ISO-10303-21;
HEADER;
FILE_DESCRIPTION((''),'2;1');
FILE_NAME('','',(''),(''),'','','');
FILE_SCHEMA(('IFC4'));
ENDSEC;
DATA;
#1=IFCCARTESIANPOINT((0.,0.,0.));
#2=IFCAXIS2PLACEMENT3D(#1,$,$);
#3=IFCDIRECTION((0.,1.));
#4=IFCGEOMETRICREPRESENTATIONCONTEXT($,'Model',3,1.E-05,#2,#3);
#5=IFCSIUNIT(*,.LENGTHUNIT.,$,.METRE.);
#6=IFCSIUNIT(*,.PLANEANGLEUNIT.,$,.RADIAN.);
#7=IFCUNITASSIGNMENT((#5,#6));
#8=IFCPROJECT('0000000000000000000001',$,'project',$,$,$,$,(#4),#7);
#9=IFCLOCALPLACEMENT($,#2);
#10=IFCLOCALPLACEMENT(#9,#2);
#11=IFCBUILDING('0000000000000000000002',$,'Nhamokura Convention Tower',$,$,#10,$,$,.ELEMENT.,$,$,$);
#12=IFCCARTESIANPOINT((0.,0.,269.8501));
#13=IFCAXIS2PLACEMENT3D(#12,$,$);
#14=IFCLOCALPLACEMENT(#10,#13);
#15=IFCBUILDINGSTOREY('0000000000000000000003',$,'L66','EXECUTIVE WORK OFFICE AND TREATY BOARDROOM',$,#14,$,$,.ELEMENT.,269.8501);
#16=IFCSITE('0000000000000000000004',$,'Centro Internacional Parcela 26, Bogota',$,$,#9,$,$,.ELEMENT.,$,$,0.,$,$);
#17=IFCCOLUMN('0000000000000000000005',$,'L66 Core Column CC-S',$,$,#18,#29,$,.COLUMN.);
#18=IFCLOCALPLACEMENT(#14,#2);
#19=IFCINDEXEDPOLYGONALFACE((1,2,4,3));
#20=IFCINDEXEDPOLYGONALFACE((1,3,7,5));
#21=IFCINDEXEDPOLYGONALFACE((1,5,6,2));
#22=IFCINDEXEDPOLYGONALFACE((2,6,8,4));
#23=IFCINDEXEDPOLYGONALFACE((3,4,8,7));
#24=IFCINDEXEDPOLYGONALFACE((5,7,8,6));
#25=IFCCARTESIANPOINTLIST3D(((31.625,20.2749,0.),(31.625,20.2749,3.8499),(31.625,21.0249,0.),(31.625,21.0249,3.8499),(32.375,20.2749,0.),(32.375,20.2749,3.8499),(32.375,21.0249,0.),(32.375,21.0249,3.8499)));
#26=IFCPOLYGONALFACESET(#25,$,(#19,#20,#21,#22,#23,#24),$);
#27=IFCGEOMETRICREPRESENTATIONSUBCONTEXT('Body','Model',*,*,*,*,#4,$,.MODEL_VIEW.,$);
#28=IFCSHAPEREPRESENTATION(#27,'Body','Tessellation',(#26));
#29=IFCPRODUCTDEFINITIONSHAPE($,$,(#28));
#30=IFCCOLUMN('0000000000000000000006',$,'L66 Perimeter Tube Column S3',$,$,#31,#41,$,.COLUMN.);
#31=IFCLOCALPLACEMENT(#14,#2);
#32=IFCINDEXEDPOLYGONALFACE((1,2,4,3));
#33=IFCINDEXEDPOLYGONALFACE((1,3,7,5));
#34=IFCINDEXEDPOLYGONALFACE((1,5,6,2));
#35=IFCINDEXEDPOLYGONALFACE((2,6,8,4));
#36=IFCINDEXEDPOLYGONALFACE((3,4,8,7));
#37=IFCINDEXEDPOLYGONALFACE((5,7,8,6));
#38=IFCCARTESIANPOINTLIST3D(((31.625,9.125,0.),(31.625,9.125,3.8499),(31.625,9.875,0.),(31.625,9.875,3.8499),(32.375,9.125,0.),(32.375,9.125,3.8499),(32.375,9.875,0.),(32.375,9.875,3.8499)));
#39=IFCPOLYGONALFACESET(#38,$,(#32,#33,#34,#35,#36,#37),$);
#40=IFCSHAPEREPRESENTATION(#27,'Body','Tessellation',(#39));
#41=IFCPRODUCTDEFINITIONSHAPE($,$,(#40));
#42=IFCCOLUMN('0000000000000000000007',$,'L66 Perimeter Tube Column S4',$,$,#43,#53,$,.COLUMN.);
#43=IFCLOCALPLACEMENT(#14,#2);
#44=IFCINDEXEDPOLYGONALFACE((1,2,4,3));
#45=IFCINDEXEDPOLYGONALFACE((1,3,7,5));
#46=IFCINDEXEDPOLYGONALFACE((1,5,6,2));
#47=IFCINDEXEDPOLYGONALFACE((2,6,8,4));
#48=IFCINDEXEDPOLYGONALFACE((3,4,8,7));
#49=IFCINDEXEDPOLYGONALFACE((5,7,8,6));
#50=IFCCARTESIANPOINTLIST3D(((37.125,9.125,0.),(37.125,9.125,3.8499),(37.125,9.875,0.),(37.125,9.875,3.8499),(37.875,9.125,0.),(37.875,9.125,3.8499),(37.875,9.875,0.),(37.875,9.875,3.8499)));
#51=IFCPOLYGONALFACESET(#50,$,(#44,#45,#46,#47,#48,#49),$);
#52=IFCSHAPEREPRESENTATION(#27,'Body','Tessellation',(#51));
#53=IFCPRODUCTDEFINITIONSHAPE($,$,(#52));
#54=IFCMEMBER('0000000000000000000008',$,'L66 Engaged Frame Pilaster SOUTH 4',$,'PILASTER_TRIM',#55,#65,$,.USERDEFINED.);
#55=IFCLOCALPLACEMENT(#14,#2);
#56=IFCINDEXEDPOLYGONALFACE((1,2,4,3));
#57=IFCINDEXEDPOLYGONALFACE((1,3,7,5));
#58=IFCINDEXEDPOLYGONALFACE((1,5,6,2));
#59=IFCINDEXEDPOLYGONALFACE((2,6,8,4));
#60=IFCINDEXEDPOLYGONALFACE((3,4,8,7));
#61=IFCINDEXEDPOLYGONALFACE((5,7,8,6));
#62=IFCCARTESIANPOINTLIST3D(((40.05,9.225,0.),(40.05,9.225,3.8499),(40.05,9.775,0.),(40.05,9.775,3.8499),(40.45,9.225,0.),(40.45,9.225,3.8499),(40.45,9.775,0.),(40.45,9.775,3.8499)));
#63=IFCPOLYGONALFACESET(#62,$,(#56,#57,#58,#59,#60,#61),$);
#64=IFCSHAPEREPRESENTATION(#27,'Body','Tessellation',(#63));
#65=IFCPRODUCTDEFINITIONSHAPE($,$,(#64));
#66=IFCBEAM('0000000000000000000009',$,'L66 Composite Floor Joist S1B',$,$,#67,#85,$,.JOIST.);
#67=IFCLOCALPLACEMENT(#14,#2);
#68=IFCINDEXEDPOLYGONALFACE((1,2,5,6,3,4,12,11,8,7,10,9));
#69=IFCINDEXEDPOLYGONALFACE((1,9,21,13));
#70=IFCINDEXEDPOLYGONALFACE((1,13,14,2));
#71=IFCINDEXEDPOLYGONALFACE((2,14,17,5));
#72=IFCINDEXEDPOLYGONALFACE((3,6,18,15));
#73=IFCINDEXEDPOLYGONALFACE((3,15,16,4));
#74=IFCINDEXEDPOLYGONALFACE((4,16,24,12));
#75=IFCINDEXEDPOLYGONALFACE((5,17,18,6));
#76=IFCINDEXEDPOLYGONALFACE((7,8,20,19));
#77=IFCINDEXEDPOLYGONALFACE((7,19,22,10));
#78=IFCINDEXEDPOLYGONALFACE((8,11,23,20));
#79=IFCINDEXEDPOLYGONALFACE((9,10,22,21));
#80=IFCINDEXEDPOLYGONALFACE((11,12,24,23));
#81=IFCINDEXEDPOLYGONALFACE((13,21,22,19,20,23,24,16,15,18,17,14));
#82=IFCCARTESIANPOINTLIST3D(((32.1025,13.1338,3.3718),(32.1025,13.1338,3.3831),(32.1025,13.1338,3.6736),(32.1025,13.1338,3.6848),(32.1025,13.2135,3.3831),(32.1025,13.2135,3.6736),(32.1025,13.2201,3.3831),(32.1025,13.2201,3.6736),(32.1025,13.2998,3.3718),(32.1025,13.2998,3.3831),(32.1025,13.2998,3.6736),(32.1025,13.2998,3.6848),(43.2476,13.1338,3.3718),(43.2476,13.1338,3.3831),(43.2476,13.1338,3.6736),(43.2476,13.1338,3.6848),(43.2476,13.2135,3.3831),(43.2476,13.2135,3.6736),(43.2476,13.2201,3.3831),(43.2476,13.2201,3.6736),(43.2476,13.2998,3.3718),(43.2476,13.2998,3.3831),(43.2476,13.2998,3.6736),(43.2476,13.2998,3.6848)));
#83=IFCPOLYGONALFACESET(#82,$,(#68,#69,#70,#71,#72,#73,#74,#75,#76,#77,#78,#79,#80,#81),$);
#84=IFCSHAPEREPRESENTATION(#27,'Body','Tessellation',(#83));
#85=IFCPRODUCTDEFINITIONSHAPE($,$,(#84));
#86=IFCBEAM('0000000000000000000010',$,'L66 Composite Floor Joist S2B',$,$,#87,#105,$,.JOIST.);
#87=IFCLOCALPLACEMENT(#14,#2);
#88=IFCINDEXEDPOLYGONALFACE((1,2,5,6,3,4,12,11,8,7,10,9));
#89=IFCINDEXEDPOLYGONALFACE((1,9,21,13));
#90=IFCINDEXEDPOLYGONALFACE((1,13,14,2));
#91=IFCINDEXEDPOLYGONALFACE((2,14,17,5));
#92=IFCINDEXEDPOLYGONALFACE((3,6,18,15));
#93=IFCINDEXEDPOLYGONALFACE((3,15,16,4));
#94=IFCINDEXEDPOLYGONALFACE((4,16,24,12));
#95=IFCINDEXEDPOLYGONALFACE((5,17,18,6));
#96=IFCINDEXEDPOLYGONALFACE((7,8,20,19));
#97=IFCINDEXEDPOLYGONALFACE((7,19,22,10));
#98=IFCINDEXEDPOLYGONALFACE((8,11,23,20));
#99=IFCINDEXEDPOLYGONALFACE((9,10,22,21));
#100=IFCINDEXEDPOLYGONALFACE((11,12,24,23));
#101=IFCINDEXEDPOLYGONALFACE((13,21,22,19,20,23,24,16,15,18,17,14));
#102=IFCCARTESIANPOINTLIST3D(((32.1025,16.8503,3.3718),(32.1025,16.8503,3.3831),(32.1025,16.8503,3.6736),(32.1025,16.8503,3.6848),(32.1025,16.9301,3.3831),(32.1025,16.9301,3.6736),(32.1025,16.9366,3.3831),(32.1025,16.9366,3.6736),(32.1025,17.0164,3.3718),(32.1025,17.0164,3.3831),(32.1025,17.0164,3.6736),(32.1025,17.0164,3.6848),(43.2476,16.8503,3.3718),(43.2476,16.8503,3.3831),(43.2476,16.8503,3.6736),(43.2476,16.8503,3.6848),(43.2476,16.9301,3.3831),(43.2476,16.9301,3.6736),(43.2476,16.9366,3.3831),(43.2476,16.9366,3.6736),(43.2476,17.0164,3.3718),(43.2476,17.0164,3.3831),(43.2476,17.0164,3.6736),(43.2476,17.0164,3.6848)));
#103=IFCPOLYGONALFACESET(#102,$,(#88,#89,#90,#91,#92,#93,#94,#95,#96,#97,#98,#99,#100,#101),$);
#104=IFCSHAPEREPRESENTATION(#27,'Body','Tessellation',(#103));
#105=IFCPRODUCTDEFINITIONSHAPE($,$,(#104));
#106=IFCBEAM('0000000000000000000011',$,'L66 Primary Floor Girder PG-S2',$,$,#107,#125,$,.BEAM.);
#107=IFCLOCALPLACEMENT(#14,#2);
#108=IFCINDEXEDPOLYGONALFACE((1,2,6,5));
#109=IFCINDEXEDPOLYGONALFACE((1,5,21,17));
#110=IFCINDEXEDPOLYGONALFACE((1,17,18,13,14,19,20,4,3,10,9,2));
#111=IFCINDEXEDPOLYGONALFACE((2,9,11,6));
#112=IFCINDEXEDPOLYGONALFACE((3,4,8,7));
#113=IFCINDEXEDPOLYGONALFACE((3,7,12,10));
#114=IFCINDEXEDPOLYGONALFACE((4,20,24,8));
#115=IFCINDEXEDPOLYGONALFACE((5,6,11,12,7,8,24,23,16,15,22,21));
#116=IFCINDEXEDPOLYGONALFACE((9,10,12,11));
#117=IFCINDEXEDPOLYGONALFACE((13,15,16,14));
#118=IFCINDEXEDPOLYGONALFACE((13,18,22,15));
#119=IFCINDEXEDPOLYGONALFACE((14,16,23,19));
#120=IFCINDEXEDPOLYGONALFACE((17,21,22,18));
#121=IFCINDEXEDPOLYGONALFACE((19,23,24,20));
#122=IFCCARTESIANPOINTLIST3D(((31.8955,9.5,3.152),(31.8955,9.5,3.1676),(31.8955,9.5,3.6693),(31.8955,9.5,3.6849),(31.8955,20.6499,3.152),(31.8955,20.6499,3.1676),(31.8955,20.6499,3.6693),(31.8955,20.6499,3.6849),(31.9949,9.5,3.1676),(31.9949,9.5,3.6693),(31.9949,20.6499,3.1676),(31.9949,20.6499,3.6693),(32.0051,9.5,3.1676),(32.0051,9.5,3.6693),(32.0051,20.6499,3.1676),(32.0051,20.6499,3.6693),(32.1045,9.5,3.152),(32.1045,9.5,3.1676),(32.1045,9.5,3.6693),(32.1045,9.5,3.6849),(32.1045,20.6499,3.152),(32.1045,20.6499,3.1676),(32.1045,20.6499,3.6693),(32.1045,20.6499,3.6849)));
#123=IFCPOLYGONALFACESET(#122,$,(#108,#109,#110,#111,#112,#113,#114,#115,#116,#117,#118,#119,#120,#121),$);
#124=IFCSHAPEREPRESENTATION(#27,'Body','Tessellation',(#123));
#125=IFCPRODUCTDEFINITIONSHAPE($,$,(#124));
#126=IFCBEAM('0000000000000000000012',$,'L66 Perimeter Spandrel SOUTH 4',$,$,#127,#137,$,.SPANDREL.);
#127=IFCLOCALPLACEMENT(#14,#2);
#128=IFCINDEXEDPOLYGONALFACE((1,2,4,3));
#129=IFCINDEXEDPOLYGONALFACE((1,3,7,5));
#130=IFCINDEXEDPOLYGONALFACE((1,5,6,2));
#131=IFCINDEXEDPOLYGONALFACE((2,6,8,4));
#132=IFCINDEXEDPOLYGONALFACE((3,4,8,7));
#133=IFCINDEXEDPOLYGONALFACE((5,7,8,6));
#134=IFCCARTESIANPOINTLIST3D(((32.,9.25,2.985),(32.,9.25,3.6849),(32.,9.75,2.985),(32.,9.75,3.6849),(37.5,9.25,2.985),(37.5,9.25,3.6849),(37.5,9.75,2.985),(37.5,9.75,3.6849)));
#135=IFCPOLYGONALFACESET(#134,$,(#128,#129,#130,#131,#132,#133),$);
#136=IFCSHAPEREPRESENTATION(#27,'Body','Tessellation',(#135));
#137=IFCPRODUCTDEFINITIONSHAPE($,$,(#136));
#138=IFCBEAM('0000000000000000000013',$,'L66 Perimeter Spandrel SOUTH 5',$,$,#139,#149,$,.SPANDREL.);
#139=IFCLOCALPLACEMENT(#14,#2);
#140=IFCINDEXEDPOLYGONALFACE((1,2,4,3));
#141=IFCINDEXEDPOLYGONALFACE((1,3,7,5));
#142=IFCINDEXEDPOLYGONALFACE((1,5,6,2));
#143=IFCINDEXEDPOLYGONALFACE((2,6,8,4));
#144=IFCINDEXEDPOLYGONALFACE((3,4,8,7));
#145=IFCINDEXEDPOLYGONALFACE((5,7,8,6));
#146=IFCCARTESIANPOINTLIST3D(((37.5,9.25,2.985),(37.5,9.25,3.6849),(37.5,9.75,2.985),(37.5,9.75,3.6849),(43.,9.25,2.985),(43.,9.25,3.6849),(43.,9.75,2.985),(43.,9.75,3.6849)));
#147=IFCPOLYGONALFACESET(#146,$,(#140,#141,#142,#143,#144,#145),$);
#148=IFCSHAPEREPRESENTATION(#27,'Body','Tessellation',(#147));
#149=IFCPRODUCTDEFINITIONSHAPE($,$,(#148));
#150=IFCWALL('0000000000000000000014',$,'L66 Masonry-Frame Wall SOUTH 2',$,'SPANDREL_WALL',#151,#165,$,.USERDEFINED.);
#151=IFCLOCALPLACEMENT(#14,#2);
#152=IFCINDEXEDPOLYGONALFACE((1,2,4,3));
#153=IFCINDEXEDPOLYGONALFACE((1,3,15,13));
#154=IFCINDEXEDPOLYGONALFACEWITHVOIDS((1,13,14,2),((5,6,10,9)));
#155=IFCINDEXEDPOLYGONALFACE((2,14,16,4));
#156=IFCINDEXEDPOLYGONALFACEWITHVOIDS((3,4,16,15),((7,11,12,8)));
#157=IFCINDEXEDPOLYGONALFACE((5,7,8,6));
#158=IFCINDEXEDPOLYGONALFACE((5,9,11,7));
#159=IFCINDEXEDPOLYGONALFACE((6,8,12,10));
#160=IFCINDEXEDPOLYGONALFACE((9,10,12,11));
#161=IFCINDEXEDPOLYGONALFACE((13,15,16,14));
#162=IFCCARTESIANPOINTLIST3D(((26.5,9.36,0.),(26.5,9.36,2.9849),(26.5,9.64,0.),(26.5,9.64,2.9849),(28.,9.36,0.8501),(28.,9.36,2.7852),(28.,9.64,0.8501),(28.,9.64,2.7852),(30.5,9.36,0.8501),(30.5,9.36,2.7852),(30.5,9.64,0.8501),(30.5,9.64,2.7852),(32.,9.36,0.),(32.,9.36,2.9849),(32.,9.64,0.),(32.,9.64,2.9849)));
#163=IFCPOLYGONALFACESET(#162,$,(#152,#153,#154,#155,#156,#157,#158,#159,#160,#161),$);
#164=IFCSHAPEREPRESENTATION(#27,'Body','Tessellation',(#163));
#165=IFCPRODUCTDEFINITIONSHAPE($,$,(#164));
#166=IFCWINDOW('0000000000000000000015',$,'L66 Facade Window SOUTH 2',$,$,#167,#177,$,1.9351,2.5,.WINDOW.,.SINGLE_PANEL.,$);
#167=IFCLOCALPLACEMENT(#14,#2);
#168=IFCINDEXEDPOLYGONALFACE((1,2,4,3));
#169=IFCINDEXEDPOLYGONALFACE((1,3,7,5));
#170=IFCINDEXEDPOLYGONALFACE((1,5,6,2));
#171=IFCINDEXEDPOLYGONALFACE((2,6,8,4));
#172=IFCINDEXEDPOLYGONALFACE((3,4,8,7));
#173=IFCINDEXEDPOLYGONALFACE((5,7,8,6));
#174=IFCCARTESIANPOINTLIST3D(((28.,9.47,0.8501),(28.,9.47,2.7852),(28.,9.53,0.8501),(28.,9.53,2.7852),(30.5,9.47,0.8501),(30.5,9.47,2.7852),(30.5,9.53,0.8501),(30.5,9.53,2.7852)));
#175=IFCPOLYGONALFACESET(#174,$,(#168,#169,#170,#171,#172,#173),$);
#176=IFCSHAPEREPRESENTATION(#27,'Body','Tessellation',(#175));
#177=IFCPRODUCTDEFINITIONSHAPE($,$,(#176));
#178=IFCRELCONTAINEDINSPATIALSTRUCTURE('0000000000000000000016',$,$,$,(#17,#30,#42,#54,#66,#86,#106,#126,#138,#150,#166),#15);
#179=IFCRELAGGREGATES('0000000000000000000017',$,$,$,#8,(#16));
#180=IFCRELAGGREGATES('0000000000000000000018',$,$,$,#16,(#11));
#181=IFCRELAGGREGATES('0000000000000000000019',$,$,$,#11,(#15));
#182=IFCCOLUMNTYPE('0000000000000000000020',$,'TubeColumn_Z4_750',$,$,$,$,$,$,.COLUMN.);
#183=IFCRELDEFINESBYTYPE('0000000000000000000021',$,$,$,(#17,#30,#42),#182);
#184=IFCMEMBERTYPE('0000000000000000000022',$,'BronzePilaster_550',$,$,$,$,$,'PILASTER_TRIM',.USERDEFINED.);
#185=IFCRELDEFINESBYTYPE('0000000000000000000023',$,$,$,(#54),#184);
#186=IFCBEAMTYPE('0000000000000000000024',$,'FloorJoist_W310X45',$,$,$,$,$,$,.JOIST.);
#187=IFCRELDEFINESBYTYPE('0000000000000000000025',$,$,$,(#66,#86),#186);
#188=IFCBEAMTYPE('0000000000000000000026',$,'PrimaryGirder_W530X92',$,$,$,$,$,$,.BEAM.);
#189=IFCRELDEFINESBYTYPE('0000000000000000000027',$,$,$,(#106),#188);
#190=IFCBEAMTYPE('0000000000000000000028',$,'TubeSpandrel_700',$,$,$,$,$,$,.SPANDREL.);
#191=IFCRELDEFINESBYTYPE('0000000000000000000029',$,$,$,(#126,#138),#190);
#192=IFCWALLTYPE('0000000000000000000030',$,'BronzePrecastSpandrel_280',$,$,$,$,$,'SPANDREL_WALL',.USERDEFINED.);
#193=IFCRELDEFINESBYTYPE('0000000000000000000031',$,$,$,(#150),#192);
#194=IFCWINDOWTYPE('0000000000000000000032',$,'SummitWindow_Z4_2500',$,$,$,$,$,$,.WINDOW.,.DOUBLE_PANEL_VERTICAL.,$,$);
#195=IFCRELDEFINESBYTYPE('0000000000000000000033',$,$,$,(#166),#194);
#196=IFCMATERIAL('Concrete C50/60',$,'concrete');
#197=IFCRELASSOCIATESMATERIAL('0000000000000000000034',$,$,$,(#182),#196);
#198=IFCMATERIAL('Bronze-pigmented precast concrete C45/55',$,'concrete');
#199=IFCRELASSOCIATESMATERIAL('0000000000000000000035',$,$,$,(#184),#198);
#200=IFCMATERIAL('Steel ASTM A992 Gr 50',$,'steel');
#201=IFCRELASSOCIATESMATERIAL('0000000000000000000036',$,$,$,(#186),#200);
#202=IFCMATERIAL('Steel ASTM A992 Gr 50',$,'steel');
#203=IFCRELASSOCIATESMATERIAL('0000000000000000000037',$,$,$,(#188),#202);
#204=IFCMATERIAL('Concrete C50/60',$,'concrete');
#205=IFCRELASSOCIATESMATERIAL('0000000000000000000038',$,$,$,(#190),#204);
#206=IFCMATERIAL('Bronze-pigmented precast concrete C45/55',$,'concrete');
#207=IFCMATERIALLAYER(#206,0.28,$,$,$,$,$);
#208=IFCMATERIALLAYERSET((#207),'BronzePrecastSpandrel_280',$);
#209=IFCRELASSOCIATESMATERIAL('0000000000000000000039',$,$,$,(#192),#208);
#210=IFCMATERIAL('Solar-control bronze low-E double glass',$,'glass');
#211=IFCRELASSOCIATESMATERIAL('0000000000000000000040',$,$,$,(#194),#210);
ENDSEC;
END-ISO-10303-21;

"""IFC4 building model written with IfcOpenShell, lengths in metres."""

from ifc_helpers import new_model, si_unit, direction, frame, frame_2d, origin, origin_2d, place, context, subcontext, project, spatial, rectangle, i_section, extrude, material, layer, layer_set, material_profile, profile_set, type_object, element, fill, save


model = new_model("IFC4")

# Units and contexts
model_context = context("Model", 3, precision=1e-05, world=origin(), true_north=direction((0.0, 1.0)))
body_context = subcontext(model_context, "Body", "Model", "MODEL_VIEW")
ifc_project = project(units=[si_unit("LENGTHUNIT", "METRE"), si_unit("PLANEANGLEUNIT", "RADIAN")], contexts=[model_context])

# Site, building, storey
site_placement = place(None, origin())
site = spatial("IfcSite", under=ifc_project, at=site_placement, Name="Centro Internacional Parcela 26, Bogota", CompositionType="ELEMENT", RefElevation=0.0)
building_placement = place(site_placement, origin())
building = spatial("IfcBuilding", under=site, at=building_placement, Name="Nhamokura Convention Tower", CompositionType="ELEMENT")
storey_placement = place(building_placement, frame((0.0, 0.0, 269.8501)))
storey = spatial("IfcBuildingStorey", under=building, at=storey_placement, Name="L66", Description="EXECUTIVE WORK OFFICE AND TREATY BOARDROOM", CompositionType="ELEMENT", Elevation=269.8501)

# Columns
ifc_material_1 = material(Name="Concrete C50/60", Category="concrete")
ifc_material_profile_1 = material_profile(ifc_material_1, rectangle(XDim=0.75, YDim=0.75, at=origin_2d()))
ifc_profile_set_1 = profile_set([ifc_material_profile_1], Name="Concrete C50/60")
column_type = type_object("IfcColumnType", Name="TubeColumn_Z4_750", PredefinedType="COLUMN", material=ifc_profile_set_1)
for number, where, z_axis, x_axis, name in (
    (1, (32.0, 20.6499, 0.0), (0.0, 0.0, 1.0), (1.0, 0.0, 0.0), "L66 Core Column CC-S"),
    (2, (32.0, 9.5, 0.0), (0.0, 0.0, 1.0), (1.0, 0.0, 0.0), "L66 Perimeter Tube Column S3"),
    (3, (37.5, 9.5, 0.0), (0.0, 0.0, 1.0), (1.0, 0.0, 0.0), "L66 Perimeter Tube Column S4"),
):
    element("IfcColumn", number, at=place(storey_placement, frame(where, z_axis=z_axis, x_axis=x_axis)), inside=storey, type_object=column_type, Name=name, PredefinedType="COLUMN", context=body_context, shape_type="SweptSolid", body=[
        extrude(rectangle(XDim=0.75, YDim=0.75, at=origin_2d()), origin(), (0.0, 0.0, 1.0), 3.8499),
    ])

# Member
ifc_material_2 = material(Name="Bronze-pigmented precast concrete C45/55", Category="concrete")
ifc_material_profile_2 = material_profile(ifc_material_2, rectangle(XDim=0.3999, YDim=0.55, at=origin_2d()))
ifc_profile_set_2 = profile_set([ifc_material_profile_2], Name="Bronze-pigmented precast concrete C45/55")
member_type = type_object("IfcMemberType", Name="BronzePilaster_550", ElementType="PILASTER_TRIM", PredefinedType="USERDEFINED", material=ifc_profile_set_2)
member_placement = place(storey_placement, frame((40.25, 9.5, 0.0), z_axis=(0.0, 0.0, 1.0), x_axis=(1.0, 0.0, 0.0)))
element("IfcMember", 4, at=member_placement, inside=storey, type_object=member_type, Name="L66 Engaged Frame Pilaster SOUTH 4", ObjectType="PILASTER_TRIM", PredefinedType="USERDEFINED", context=body_context, shape_type="SweptSolid", body=[
    extrude(rectangle(XDim=0.3999, YDim=0.55, at=origin_2d()), origin(), (0.0, 0.0, 1.0), 3.8499),
])

# Beams
ifc_material_3 = material(Name="Steel ASTM A992 Gr 50", Category="steel")
ifc_material_profile_3 = material_profile(ifc_material_3, i_section(OverallWidth=0.166, OverallDepth=0.313, WebThickness=0.0066, FlangeThickness=0.0112, at=origin_2d()))
ifc_profile_set_3 = profile_set([ifc_material_profile_3], Name="Steel ASTM A992 Gr 50")
beam_type_1 = type_object("IfcBeamType", Name="FloorJoist_W310X45", PredefinedType="JOIST", material=ifc_profile_set_3)
for number, where, z_axis, x_axis, name in (
    (5, (32.1025, 13.2168, 3.5283), (1.0, 0.0, 0.0), (0.0, 1.0, 0.0), "L66 Composite Floor Joist S1B"),
    (6, (32.1025, 16.9333, 3.5283), (1.0, 0.0, 0.0), (0.0, 1.0, 0.0), "L66 Composite Floor Joist S2B"),
):
    element("IfcBeam", number, at=place(storey_placement, frame(where, z_axis=z_axis, x_axis=x_axis)), inside=storey, type_object=beam_type_1, Name=name, PredefinedType="JOIST", context=body_context, shape_type="SweptSolid", body=[
        extrude(i_section(OverallWidth=0.166, OverallDepth=0.313, WebThickness=0.0066, FlangeThickness=0.0112, at=origin_2d()), origin(), (0.0, 0.0, 1.0), 11.145),
    ])
ifc_material_4 = material(Name="Steel ASTM A992 Gr 50", Category="steel")
ifc_material_profile_4 = material_profile(ifc_material_4, i_section(OverallWidth=0.209, OverallDepth=0.533, WebThickness=0.0103, FlangeThickness=0.0156, at=origin_2d()))
ifc_profile_set_4 = profile_set([ifc_material_profile_4], Name="Steel ASTM A992 Gr 50")
beam_type_2 = type_object("IfcBeamType", Name="PrimaryGirder_W530X92", PredefinedType="BEAM", material=ifc_profile_set_4)
beam_placement = place(storey_placement, frame((32.0, 9.5, 3.4185), z_axis=(0.0, 1.0, 0.0), x_axis=(-1.0, 0.0, 0.0)))
element("IfcBeam", 7, at=beam_placement, inside=storey, type_object=beam_type_2, Name="L66 Primary Floor Girder PG-S2", PredefinedType="BEAM", context=body_context, shape_type="SweptSolid", body=[
    extrude(i_section(OverallWidth=0.209, OverallDepth=0.533, WebThickness=0.0103, FlangeThickness=0.0156, at=origin_2d()), origin(), (0.0, 0.0, 1.0), 11.1499),
])
ifc_material_5 = material(Name="Concrete C50/60", Category="concrete")
ifc_material_profile_5 = material_profile(ifc_material_5, rectangle(XDim=0.5, YDim=0.7, at=origin_2d()))
ifc_profile_set_5 = profile_set([ifc_material_profile_5], Name="Concrete C50/60")
beam_type_3 = type_object("IfcBeamType", Name="TubeSpandrel_700", PredefinedType="SPANDREL", material=ifc_profile_set_5)
for number, where, z_axis, x_axis, name in (
    (8, (32.0, 9.5, 3.335), (1.0, 0.0, 0.0), (0.0, 1.0, 0.0), "L66 Perimeter Spandrel SOUTH 4"),
    (9, (37.5, 9.5, 3.335), (1.0, 0.0, 0.0), (0.0, 1.0, 0.0), "L66 Perimeter Spandrel SOUTH 5"),
):
    element("IfcBeam", number, at=place(storey_placement, frame(where, z_axis=z_axis, x_axis=x_axis)), inside=storey, type_object=beam_type_3, Name=name, PredefinedType="SPANDREL", context=body_context, shape_type="SweptSolid", body=[
        extrude(rectangle(XDim=0.5, YDim=0.7, at=origin_2d()), origin(), (0.0, 0.0, 1.0), 5.5),
    ])

# Wall, opening, window
ifc_material_6 = material(Name="Bronze-pigmented precast concrete C45/55", Category="concrete")
ifc_layer_1 = layer(ifc_material_6, 0.28)
ifc_layer_set_1 = layer_set([ifc_layer_1], Name="BronzePrecastSpandrel_280")
wall_type_1 = type_object("IfcWallType", Name="BronzePrecastSpandrel_280", ElementType="SPANDREL_WALL", PredefinedType="USERDEFINED", material=ifc_layer_set_1)
wall_1_placement = place(storey_placement, frame((32.0, 9.5, 0.0), z_axis=(0.0, 0.0, 1.0), x_axis=(-1.0, 0.0, 0.0)))
wall_1 = element("IfcWall", 10, at=wall_1_placement, inside=storey, type_object=wall_type_1, Name="L66 Masonry-Frame Wall SOUTH 2", ObjectType="SPANDREL_WALL", PredefinedType="USERDEFINED", context=body_context, shape_type="SweptSolid", body=[
    extrude(rectangle(XDim=5.5, YDim=0.28, at=frame_2d((2.75, 0.0))), origin(), (0.0, 0.0, 1.0), 2.9849),
])
opening_1_placement = place(wall_1_placement, frame((1.5, 0.0, 0.8501)))
opening_1 = element("IfcOpeningElement", 11, at=opening_1_placement, cuts=wall_1, PredefinedType="OPENING", context=body_context, shape_type="SweptSolid", body=[
    extrude(rectangle(XDim=2.5, YDim=1.9351, at=frame_2d((1.25, 0.9675))), frame((0.0, 0.1499, 0.0), z_axis=(0.0, -1.0, 0.0), x_axis=(1.0, 0.0, 0.0)), (0.0, 0.0, 1.0), 0.3),
])
ifc_material_7 = material(Name="Solar-control bronze low-E double glass", Category="glass")
window_type = type_object("IfcWindowType", Name="SummitWindow_Z4_2500", PartitioningType="DOUBLE_PANEL_VERTICAL", PredefinedType="WINDOW", material=ifc_material_7)
window_1_placement = place(opening_1_placement, origin())
window_1 = element("IfcWindow", 12, at=window_1_placement, inside=storey, type_object=window_type, Name="L66 Facade Window SOUTH 2", OverallHeight=1.9351, OverallWidth=2.5, PartitioningType="SINGLE_PANEL", PredefinedType="WINDOW", context=body_context, shape_type="SweptSolid", body=[
    extrude(rectangle(XDim=2.5, YDim=1.9351, at=frame_2d((1.25, 0.9675))), frame((0.0, 0.03, 0.0), z_axis=(0.0, -1.0, 0.0), x_axis=(1.0, 0.0, 0.0)), (0.0, 0.0, 1.0), 0.0601),
])
fill(opening_1, window_1)

save(model, "model.ifc")
